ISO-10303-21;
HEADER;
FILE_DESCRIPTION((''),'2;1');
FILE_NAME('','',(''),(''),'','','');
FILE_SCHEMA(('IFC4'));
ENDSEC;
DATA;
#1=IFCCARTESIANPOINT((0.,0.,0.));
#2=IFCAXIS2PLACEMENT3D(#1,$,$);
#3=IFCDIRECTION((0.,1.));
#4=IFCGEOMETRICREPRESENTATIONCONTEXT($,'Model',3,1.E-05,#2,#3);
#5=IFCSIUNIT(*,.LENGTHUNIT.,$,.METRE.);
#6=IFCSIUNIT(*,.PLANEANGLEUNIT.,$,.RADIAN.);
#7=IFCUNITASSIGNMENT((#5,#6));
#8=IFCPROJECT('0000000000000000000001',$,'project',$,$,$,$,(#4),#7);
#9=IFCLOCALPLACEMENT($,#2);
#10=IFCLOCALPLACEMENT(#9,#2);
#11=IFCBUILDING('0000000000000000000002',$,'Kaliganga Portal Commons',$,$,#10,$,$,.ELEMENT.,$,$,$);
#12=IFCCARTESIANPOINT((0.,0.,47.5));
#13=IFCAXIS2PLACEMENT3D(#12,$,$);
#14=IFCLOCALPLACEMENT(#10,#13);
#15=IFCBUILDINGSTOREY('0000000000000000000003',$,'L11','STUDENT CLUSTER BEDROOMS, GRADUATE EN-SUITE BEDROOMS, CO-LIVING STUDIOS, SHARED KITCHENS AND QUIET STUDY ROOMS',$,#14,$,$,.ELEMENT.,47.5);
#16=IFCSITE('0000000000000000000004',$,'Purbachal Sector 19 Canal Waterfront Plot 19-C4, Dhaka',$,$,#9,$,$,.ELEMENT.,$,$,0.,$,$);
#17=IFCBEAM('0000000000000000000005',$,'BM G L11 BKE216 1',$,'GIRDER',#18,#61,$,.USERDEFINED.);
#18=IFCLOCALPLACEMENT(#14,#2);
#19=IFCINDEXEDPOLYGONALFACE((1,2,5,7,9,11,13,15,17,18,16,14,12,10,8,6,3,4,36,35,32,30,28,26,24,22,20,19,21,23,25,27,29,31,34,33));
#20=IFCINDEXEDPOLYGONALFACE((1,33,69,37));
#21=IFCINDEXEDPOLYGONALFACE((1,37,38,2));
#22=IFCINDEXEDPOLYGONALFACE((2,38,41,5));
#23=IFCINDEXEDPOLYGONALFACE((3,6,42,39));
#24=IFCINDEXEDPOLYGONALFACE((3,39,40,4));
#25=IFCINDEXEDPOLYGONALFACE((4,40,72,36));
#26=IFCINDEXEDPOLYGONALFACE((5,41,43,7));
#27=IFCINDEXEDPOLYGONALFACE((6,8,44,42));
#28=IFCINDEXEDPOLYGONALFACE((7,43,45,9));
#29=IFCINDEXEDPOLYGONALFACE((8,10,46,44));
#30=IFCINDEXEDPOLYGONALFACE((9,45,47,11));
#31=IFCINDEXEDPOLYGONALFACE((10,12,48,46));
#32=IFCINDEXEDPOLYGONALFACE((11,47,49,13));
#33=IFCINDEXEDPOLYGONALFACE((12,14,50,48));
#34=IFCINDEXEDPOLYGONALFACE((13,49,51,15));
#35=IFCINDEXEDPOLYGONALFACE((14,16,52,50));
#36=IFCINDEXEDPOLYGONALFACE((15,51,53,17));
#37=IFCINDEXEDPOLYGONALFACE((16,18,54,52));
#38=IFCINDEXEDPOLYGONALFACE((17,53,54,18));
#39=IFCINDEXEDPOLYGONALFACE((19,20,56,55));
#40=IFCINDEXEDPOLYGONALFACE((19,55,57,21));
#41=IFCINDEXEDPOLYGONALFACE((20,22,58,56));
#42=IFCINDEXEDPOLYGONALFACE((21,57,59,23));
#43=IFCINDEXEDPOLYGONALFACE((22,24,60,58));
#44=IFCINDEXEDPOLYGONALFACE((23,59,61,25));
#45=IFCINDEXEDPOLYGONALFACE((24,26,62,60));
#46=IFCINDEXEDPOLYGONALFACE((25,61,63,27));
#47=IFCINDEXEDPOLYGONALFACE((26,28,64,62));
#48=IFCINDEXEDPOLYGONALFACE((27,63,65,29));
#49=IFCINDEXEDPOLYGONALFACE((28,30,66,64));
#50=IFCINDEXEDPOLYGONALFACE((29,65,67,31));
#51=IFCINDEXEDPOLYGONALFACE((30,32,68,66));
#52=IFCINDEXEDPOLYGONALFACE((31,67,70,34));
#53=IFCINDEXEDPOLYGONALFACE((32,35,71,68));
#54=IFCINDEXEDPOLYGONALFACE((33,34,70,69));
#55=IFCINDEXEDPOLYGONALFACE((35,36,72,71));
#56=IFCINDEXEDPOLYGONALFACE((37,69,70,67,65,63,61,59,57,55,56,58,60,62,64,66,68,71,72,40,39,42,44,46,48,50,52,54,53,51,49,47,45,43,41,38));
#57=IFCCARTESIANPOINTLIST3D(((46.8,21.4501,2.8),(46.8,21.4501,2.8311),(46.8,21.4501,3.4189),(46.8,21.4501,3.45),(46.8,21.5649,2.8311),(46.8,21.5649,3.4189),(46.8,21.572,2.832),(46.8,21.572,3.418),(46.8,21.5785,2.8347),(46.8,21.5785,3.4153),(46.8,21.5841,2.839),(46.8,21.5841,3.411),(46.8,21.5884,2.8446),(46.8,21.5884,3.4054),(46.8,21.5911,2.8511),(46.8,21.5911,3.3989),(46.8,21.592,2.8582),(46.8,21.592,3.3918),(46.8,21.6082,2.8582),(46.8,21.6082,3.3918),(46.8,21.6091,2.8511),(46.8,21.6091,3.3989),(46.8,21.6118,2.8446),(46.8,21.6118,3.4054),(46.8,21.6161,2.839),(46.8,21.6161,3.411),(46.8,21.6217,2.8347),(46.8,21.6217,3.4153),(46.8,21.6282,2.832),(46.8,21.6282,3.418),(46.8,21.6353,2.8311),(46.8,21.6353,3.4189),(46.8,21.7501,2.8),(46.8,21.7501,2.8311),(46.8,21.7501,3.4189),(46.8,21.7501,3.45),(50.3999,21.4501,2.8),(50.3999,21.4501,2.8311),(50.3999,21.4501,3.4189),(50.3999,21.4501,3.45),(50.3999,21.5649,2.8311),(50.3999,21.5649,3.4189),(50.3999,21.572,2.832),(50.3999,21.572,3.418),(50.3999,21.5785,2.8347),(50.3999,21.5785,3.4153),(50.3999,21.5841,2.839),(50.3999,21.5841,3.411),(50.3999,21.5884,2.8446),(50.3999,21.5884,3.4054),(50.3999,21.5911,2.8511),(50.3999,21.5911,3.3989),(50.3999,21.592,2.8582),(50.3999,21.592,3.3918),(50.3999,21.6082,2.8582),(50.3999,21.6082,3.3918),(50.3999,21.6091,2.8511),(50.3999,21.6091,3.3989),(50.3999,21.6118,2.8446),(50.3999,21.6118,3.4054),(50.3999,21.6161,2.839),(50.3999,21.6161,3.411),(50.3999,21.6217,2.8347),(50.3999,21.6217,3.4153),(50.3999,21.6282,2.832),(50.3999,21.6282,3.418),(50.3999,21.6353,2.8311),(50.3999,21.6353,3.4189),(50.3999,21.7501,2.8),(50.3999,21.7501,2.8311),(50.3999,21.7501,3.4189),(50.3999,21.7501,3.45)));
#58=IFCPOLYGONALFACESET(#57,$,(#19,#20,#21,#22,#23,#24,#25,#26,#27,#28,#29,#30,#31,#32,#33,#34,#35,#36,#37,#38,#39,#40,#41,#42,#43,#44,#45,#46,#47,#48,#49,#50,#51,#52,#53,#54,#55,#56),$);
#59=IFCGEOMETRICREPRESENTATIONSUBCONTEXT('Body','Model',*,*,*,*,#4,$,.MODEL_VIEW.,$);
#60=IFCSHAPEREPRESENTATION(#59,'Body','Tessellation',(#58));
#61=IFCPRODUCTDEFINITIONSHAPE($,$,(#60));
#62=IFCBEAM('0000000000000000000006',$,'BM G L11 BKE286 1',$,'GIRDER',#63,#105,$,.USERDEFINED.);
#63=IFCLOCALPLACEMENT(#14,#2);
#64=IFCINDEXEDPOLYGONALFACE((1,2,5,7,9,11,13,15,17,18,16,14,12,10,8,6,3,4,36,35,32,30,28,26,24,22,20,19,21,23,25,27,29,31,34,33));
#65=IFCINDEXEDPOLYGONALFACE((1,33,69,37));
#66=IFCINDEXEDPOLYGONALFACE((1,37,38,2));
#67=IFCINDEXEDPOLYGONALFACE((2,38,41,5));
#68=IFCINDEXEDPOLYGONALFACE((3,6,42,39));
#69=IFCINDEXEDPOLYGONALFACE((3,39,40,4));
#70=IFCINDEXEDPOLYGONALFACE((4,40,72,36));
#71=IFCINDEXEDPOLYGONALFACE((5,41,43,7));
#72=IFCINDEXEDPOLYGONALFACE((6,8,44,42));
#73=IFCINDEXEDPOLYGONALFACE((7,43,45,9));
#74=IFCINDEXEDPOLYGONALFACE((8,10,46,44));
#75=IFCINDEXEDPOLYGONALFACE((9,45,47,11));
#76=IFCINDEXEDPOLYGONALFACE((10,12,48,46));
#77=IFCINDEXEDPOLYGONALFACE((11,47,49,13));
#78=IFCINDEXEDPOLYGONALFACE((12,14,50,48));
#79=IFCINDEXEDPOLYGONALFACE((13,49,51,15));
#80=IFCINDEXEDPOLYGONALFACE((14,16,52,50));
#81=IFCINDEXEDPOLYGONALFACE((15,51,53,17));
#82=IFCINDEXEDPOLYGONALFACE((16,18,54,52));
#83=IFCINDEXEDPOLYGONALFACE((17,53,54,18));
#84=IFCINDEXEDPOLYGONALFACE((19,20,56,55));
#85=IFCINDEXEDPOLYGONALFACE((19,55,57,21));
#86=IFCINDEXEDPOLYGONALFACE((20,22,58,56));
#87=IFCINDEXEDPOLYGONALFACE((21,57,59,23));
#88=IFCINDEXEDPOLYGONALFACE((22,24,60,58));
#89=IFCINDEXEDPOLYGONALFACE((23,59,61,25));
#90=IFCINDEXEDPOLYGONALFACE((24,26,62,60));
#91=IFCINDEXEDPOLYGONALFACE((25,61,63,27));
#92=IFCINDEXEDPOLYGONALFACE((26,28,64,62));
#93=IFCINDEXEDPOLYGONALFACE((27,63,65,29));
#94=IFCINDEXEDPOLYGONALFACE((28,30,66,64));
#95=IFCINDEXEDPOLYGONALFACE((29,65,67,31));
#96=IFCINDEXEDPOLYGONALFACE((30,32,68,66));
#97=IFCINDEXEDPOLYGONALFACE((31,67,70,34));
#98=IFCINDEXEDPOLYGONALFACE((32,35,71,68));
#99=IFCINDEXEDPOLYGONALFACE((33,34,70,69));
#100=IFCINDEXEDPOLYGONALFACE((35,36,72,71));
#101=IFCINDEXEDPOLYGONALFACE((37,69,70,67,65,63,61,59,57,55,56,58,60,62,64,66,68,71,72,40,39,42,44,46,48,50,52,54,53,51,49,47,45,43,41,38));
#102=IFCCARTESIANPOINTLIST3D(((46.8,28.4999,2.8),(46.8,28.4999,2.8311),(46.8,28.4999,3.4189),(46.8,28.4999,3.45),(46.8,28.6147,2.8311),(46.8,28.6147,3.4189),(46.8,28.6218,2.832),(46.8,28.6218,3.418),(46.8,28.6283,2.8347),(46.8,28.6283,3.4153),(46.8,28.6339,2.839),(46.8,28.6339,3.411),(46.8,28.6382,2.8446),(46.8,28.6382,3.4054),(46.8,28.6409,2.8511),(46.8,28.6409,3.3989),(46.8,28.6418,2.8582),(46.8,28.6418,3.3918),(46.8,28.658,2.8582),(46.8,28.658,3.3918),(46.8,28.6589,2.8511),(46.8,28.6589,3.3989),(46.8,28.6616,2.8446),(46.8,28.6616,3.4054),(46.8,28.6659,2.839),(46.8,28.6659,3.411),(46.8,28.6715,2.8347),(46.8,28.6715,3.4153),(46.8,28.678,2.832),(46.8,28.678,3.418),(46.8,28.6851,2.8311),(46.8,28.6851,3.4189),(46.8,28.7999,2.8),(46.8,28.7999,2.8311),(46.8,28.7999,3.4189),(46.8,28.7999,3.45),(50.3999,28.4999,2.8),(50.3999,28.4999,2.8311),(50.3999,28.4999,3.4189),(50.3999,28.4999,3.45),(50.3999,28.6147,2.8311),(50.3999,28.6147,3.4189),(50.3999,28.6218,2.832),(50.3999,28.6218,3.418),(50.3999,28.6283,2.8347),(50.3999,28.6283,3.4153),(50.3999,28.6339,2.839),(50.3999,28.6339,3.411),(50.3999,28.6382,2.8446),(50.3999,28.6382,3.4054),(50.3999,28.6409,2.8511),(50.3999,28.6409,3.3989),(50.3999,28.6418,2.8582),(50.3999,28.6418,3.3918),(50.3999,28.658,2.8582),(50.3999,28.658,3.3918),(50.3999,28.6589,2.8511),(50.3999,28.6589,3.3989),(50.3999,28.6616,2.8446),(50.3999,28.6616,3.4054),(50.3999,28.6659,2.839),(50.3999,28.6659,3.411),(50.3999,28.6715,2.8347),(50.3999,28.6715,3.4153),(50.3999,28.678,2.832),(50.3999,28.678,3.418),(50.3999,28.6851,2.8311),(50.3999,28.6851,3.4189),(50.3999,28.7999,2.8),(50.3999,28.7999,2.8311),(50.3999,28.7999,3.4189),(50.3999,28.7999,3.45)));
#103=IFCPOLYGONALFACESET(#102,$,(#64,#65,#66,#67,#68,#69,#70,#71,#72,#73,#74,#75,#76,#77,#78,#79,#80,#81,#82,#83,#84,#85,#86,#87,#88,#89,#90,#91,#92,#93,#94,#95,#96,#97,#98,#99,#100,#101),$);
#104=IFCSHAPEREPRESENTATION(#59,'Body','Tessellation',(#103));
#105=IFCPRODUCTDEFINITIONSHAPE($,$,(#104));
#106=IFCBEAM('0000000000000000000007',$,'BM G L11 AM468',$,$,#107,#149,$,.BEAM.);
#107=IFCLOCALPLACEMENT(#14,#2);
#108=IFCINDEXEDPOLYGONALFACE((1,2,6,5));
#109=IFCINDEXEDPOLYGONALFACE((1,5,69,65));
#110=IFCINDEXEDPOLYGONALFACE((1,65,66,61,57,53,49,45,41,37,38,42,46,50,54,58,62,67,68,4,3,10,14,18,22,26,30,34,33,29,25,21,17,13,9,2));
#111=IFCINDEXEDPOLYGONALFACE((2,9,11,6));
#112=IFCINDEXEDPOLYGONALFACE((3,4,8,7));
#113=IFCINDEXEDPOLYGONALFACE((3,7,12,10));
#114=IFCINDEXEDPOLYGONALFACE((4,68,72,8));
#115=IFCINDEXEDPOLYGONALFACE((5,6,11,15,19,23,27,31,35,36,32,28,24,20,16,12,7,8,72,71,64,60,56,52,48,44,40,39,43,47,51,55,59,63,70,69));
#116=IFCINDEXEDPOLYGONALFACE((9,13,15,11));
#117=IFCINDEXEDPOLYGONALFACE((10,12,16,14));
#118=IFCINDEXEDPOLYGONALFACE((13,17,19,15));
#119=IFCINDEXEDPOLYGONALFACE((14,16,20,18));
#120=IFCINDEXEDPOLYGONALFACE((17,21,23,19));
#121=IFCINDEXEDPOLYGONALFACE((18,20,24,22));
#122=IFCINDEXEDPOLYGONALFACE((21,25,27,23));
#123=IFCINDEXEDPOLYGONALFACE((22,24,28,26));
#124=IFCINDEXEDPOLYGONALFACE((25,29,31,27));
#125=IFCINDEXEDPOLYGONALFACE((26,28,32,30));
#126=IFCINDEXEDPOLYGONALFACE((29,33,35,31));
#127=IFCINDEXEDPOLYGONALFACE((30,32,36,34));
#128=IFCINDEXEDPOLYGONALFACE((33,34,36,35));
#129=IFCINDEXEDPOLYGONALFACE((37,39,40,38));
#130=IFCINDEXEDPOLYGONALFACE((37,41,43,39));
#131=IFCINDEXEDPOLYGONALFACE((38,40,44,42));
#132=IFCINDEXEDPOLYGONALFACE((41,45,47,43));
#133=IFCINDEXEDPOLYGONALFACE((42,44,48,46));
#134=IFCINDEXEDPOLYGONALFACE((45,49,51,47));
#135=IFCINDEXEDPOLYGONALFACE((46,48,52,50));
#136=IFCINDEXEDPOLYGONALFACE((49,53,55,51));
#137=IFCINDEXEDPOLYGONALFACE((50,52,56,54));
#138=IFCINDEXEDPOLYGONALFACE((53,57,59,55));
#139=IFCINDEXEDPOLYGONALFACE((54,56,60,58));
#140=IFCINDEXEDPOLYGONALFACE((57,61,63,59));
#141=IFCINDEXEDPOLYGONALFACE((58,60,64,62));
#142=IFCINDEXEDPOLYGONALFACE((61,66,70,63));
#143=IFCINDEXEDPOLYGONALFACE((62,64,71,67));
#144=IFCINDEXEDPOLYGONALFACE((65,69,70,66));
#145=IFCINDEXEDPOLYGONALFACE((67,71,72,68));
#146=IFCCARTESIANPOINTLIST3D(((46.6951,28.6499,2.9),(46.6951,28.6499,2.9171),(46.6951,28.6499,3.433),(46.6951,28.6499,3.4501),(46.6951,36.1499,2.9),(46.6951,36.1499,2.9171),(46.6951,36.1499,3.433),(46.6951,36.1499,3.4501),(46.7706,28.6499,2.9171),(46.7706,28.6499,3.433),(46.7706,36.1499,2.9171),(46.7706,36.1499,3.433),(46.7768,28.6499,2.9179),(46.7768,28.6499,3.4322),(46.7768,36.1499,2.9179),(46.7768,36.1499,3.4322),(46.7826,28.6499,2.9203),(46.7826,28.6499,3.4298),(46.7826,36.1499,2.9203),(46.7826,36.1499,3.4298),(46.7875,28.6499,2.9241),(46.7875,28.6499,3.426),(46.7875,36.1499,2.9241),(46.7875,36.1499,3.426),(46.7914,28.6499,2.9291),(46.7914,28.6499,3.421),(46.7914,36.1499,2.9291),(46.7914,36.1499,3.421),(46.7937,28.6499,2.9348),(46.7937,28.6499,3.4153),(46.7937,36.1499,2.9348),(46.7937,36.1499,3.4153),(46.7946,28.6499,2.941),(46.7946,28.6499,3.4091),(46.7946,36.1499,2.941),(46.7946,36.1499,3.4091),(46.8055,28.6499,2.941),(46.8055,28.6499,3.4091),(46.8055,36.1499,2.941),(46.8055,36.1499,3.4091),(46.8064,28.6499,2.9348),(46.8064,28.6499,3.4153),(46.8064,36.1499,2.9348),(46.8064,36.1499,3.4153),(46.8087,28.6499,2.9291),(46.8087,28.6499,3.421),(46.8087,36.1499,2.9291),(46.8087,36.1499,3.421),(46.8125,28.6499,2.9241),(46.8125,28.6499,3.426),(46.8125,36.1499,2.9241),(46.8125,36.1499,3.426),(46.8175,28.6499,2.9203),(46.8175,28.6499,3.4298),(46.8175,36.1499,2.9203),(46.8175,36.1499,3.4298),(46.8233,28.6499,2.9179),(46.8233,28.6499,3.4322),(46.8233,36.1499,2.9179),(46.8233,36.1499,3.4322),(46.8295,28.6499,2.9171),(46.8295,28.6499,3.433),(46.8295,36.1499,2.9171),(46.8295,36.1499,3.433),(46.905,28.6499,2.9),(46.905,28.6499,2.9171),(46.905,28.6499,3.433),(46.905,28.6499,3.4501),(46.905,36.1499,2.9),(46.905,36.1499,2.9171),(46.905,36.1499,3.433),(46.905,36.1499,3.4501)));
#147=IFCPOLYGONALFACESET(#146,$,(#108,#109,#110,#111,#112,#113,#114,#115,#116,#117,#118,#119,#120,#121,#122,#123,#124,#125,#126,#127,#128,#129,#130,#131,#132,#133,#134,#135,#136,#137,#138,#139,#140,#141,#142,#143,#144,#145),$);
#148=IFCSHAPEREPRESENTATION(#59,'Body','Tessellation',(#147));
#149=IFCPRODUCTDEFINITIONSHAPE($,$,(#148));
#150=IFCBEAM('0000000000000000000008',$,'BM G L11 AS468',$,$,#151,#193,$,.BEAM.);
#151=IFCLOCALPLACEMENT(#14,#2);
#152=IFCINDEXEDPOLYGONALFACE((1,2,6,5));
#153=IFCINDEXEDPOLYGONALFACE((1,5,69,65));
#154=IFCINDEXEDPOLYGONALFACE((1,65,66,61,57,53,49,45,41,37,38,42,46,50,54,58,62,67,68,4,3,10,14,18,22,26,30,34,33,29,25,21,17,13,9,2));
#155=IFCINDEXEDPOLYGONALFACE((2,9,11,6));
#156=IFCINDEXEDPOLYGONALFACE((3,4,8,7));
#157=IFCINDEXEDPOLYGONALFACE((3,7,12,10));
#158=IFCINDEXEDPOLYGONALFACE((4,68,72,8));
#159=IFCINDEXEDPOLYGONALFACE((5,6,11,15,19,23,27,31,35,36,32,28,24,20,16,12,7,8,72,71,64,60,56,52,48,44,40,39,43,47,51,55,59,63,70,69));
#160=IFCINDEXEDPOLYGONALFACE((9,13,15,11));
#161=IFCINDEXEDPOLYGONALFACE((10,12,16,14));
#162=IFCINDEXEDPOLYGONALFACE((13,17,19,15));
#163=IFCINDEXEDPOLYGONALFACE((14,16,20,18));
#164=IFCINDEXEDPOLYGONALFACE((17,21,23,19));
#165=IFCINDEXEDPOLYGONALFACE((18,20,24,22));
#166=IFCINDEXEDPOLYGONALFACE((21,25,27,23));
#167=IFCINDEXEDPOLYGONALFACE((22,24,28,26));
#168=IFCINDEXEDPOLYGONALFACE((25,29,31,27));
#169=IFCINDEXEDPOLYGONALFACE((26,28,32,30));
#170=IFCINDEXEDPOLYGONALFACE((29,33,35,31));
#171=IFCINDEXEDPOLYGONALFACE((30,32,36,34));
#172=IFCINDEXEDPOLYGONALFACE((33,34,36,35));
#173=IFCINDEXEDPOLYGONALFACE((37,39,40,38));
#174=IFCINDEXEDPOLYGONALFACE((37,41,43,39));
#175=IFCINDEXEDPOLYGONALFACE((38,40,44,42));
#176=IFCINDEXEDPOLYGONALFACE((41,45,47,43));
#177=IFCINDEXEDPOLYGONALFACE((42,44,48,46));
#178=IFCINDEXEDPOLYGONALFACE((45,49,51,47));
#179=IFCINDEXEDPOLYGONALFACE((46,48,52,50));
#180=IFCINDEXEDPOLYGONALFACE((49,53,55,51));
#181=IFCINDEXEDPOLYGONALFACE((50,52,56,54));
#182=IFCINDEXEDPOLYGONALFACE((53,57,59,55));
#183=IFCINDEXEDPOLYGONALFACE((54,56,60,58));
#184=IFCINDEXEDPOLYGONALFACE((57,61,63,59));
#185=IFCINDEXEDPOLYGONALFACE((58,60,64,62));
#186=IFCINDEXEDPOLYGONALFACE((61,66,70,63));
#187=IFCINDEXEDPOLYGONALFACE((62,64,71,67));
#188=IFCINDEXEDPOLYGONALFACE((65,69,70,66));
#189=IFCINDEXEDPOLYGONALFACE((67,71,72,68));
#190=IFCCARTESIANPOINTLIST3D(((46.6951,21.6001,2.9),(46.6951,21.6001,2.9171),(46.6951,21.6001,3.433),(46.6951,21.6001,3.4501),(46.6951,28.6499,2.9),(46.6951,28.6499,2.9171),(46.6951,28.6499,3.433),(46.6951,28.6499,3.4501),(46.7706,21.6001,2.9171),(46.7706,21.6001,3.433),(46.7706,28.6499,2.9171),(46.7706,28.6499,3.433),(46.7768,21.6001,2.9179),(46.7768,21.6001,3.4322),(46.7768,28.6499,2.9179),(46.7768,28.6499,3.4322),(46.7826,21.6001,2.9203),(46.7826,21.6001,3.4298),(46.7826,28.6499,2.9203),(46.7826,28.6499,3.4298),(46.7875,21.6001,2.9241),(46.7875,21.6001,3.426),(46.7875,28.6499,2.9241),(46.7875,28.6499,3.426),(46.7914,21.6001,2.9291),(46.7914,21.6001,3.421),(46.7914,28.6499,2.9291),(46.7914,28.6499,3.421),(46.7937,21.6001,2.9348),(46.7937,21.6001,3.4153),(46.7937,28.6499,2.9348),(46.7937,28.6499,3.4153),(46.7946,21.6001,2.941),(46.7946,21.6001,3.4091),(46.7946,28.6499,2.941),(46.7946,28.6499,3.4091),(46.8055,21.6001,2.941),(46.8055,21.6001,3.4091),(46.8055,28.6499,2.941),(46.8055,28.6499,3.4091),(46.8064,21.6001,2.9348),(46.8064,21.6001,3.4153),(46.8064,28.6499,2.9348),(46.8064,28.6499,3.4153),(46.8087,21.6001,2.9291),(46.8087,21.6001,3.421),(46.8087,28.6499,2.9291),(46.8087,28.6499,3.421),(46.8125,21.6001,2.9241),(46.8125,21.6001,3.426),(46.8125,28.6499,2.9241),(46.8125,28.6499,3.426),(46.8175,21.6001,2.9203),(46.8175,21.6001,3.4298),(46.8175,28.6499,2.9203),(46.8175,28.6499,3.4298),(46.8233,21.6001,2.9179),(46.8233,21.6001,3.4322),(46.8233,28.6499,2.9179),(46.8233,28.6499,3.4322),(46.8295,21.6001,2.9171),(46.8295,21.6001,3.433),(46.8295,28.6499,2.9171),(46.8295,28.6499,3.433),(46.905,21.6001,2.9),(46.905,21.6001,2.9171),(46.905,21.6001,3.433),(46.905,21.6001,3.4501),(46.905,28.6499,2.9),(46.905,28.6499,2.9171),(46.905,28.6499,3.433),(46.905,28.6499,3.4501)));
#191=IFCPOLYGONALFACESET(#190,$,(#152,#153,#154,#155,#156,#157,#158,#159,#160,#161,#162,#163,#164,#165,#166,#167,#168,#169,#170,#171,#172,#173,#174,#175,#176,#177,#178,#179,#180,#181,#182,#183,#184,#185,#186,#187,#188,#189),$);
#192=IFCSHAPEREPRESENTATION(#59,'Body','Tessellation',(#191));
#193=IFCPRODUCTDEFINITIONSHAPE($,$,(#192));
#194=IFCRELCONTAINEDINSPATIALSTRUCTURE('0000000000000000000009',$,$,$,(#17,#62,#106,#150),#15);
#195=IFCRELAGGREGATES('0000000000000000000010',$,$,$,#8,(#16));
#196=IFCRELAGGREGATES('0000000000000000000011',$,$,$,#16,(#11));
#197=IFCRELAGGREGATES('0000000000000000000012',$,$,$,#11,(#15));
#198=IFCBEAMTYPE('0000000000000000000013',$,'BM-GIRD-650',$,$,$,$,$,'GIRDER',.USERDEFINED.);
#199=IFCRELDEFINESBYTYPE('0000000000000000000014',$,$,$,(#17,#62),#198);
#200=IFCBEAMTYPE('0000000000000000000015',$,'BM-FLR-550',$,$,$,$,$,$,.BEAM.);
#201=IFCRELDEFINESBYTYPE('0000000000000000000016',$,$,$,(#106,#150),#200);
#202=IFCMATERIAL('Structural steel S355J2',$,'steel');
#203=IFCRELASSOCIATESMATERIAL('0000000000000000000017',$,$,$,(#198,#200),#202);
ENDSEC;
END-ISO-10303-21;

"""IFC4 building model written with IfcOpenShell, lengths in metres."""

from ifc_helpers import new_model, si_unit, direction, frame, origin, origin_2d, place, context, subcontext, project, spatial, i_section, extrude, source, transform, mapped, material, material_profile, profile_set, type_object, element, save


model = new_model("IFC4")

# Units and contexts
model_context = context("Model", 3, precision=1e-05, world=origin(), true_north=direction((0.0, 1.0)))
body_context = subcontext(model_context, "Body", "Model", "MODEL_VIEW")
ifc_project = project(units=[si_unit("LENGTHUNIT", "METRE"), si_unit("PLANEANGLEUNIT", "RADIAN")], contexts=[model_context])

# Site, building, storey
site_placement = place(None, origin())
site = spatial("IfcSite", under=ifc_project, at=site_placement, Name="Purbachal Sector 19 Canal Waterfront Plot 19-C4, Dhaka", CompositionType="ELEMENT", RefElevation=0.0)
building_placement = place(site_placement, origin())
building = spatial("IfcBuilding", under=site, at=building_placement, Name="Kaliganga Portal Commons", CompositionType="ELEMENT")
storey_placement = place(building_placement, frame((0.0, 0.0, 47.5)))
storey = spatial("IfcBuildingStorey", under=building, at=storey_placement, Name="L11", Description="STUDENT CLUSTER BEDROOMS, GRADUATE EN-SUITE BEDROOMS, CO-LIVING STUDIOS, SHARED KITCHENS AND QUIET STUDY ROOMS", CompositionType="ELEMENT", Elevation=47.5)

# Beams
ifc_material_1 = material(Name="Structural steel S355J2", Category="steel")
ifc_material_profile_1 = material_profile(ifc_material_1, i_section(OverallWidth=0.3, OverallDepth=0.6499, WebThickness=0.0161, FlangeThickness=0.031, FilletRadius=0.0271, at=origin_2d()), Name="HE 650 B")
ifc_profile_set_1 = profile_set([ifc_material_profile_1], Name="Structural steel S355J2 wide-flange")
beam_type_1 = type_object("IfcBeamType", Name="BM-GIRD-650", ElementType="GIRDER", PredefinedType="USERDEFINED", material=ifc_profile_set_1)
shared_shape_1 = source(origin(), body_context, "Body", "SweptSolid", [
    extrude(i_section(OverallWidth=0.3, OverallDepth=0.6499, WebThickness=0.0161, FlangeThickness=0.031, FilletRadius=0.0271, at=origin_2d()), origin(), (0.0, 0.0, 1.0), 3.5999),
])
for number, where, z_axis, x_axis, name in (
    (1, (46.8, 21.6001, 3.125), (1.0, 0.0, 0.0), (0.0, 1.0, 0.0), "BM G L11 BKE216 1"),
    (2, (46.8, 28.6499, 3.125), (1.0, 0.0, 0.0), (0.0, 1.0, 0.0), "BM G L11 BKE286 1"),
):
    element("IfcBeam", number, at=place(storey_placement, frame(where, z_axis=z_axis, x_axis=x_axis)), inside=storey, type_object=beam_type_1, Name=name, ObjectType="GIRDER", PredefinedType="USERDEFINED", context=body_context, shape_type="MappedRepresentation", body=[
        mapped(shared_shape_1, transform((0.0, 0.0, 0.0), x_axis=(1.0, 0.0, 0.0), y_axis=(0.0, 1.0, 0.0), z_axis=(0.0, 0.0, 1.0), scale=1.0)),
    ])
ifc_material_profile_2 = material_profile(ifc_material_1, i_section(OverallWidth=0.21, OverallDepth=0.55, WebThickness=0.011, FlangeThickness=0.0171, FilletRadius=0.0239, at=origin_2d()), Name="IPE 550")
ifc_profile_set_2 = profile_set([ifc_material_profile_2], Name="Structural steel S355J2 wide-flange")
beam_type_2 = type_object("IfcBeamType", Name="BM-FLR-550", PredefinedType="BEAM", material=ifc_profile_set_2)
shared_shape_2 = source(origin(), body_context, "Body", "SweptSolid", [
    extrude(i_section(OverallWidth=0.21, OverallDepth=0.55, WebThickness=0.011, FlangeThickness=0.0171, FilletRadius=0.0239, at=origin_2d()), origin(), (0.0, 0.0, 1.0), 7.5),
])
beam_1_placement = place(storey_placement, frame((46.8, 28.6499, 3.175), z_axis=(0.0, 1.0, 0.0), x_axis=(-1.0, 0.0, 0.0)))
element("IfcBeam", 3, at=beam_1_placement, inside=storey, type_object=beam_type_2, Name="BM G L11 AM468", PredefinedType="BEAM", context=body_context, shape_type="MappedRepresentation", body=[
    mapped(shared_shape_2, transform((0.0, 0.0, 0.0), x_axis=(1.0, 0.0, 0.0), y_axis=(0.0, 1.0, 0.0), z_axis=(0.0, 0.0, 1.0), scale=1.0)),
])
shared_shape_3 = source(origin(), body_context, "Body", "SweptSolid", [
    extrude(i_section(OverallWidth=0.21, OverallDepth=0.55, WebThickness=0.011, FlangeThickness=0.0171, FilletRadius=0.0239, at=origin_2d()), origin(), (0.0, 0.0, 1.0), 7.0498),
])
beam_2_placement = place(storey_placement, frame((46.8, 21.6001, 3.175), z_axis=(0.0, 1.0, 0.0), x_axis=(-1.0, 0.0, 0.0)))
element("IfcBeam", 4, at=beam_2_placement, inside=storey, type_object=beam_type_2, Name="BM G L11 AS468", PredefinedType="BEAM", context=body_context, shape_type="MappedRepresentation", body=[
    mapped(shared_shape_3, transform((0.0, 0.0, 0.0), x_axis=(1.0, 0.0, 0.0), y_axis=(0.0, 1.0, 0.0), z_axis=(0.0, 0.0, 1.0), scale=1.0)),
])

save(model, "model.ifc")
